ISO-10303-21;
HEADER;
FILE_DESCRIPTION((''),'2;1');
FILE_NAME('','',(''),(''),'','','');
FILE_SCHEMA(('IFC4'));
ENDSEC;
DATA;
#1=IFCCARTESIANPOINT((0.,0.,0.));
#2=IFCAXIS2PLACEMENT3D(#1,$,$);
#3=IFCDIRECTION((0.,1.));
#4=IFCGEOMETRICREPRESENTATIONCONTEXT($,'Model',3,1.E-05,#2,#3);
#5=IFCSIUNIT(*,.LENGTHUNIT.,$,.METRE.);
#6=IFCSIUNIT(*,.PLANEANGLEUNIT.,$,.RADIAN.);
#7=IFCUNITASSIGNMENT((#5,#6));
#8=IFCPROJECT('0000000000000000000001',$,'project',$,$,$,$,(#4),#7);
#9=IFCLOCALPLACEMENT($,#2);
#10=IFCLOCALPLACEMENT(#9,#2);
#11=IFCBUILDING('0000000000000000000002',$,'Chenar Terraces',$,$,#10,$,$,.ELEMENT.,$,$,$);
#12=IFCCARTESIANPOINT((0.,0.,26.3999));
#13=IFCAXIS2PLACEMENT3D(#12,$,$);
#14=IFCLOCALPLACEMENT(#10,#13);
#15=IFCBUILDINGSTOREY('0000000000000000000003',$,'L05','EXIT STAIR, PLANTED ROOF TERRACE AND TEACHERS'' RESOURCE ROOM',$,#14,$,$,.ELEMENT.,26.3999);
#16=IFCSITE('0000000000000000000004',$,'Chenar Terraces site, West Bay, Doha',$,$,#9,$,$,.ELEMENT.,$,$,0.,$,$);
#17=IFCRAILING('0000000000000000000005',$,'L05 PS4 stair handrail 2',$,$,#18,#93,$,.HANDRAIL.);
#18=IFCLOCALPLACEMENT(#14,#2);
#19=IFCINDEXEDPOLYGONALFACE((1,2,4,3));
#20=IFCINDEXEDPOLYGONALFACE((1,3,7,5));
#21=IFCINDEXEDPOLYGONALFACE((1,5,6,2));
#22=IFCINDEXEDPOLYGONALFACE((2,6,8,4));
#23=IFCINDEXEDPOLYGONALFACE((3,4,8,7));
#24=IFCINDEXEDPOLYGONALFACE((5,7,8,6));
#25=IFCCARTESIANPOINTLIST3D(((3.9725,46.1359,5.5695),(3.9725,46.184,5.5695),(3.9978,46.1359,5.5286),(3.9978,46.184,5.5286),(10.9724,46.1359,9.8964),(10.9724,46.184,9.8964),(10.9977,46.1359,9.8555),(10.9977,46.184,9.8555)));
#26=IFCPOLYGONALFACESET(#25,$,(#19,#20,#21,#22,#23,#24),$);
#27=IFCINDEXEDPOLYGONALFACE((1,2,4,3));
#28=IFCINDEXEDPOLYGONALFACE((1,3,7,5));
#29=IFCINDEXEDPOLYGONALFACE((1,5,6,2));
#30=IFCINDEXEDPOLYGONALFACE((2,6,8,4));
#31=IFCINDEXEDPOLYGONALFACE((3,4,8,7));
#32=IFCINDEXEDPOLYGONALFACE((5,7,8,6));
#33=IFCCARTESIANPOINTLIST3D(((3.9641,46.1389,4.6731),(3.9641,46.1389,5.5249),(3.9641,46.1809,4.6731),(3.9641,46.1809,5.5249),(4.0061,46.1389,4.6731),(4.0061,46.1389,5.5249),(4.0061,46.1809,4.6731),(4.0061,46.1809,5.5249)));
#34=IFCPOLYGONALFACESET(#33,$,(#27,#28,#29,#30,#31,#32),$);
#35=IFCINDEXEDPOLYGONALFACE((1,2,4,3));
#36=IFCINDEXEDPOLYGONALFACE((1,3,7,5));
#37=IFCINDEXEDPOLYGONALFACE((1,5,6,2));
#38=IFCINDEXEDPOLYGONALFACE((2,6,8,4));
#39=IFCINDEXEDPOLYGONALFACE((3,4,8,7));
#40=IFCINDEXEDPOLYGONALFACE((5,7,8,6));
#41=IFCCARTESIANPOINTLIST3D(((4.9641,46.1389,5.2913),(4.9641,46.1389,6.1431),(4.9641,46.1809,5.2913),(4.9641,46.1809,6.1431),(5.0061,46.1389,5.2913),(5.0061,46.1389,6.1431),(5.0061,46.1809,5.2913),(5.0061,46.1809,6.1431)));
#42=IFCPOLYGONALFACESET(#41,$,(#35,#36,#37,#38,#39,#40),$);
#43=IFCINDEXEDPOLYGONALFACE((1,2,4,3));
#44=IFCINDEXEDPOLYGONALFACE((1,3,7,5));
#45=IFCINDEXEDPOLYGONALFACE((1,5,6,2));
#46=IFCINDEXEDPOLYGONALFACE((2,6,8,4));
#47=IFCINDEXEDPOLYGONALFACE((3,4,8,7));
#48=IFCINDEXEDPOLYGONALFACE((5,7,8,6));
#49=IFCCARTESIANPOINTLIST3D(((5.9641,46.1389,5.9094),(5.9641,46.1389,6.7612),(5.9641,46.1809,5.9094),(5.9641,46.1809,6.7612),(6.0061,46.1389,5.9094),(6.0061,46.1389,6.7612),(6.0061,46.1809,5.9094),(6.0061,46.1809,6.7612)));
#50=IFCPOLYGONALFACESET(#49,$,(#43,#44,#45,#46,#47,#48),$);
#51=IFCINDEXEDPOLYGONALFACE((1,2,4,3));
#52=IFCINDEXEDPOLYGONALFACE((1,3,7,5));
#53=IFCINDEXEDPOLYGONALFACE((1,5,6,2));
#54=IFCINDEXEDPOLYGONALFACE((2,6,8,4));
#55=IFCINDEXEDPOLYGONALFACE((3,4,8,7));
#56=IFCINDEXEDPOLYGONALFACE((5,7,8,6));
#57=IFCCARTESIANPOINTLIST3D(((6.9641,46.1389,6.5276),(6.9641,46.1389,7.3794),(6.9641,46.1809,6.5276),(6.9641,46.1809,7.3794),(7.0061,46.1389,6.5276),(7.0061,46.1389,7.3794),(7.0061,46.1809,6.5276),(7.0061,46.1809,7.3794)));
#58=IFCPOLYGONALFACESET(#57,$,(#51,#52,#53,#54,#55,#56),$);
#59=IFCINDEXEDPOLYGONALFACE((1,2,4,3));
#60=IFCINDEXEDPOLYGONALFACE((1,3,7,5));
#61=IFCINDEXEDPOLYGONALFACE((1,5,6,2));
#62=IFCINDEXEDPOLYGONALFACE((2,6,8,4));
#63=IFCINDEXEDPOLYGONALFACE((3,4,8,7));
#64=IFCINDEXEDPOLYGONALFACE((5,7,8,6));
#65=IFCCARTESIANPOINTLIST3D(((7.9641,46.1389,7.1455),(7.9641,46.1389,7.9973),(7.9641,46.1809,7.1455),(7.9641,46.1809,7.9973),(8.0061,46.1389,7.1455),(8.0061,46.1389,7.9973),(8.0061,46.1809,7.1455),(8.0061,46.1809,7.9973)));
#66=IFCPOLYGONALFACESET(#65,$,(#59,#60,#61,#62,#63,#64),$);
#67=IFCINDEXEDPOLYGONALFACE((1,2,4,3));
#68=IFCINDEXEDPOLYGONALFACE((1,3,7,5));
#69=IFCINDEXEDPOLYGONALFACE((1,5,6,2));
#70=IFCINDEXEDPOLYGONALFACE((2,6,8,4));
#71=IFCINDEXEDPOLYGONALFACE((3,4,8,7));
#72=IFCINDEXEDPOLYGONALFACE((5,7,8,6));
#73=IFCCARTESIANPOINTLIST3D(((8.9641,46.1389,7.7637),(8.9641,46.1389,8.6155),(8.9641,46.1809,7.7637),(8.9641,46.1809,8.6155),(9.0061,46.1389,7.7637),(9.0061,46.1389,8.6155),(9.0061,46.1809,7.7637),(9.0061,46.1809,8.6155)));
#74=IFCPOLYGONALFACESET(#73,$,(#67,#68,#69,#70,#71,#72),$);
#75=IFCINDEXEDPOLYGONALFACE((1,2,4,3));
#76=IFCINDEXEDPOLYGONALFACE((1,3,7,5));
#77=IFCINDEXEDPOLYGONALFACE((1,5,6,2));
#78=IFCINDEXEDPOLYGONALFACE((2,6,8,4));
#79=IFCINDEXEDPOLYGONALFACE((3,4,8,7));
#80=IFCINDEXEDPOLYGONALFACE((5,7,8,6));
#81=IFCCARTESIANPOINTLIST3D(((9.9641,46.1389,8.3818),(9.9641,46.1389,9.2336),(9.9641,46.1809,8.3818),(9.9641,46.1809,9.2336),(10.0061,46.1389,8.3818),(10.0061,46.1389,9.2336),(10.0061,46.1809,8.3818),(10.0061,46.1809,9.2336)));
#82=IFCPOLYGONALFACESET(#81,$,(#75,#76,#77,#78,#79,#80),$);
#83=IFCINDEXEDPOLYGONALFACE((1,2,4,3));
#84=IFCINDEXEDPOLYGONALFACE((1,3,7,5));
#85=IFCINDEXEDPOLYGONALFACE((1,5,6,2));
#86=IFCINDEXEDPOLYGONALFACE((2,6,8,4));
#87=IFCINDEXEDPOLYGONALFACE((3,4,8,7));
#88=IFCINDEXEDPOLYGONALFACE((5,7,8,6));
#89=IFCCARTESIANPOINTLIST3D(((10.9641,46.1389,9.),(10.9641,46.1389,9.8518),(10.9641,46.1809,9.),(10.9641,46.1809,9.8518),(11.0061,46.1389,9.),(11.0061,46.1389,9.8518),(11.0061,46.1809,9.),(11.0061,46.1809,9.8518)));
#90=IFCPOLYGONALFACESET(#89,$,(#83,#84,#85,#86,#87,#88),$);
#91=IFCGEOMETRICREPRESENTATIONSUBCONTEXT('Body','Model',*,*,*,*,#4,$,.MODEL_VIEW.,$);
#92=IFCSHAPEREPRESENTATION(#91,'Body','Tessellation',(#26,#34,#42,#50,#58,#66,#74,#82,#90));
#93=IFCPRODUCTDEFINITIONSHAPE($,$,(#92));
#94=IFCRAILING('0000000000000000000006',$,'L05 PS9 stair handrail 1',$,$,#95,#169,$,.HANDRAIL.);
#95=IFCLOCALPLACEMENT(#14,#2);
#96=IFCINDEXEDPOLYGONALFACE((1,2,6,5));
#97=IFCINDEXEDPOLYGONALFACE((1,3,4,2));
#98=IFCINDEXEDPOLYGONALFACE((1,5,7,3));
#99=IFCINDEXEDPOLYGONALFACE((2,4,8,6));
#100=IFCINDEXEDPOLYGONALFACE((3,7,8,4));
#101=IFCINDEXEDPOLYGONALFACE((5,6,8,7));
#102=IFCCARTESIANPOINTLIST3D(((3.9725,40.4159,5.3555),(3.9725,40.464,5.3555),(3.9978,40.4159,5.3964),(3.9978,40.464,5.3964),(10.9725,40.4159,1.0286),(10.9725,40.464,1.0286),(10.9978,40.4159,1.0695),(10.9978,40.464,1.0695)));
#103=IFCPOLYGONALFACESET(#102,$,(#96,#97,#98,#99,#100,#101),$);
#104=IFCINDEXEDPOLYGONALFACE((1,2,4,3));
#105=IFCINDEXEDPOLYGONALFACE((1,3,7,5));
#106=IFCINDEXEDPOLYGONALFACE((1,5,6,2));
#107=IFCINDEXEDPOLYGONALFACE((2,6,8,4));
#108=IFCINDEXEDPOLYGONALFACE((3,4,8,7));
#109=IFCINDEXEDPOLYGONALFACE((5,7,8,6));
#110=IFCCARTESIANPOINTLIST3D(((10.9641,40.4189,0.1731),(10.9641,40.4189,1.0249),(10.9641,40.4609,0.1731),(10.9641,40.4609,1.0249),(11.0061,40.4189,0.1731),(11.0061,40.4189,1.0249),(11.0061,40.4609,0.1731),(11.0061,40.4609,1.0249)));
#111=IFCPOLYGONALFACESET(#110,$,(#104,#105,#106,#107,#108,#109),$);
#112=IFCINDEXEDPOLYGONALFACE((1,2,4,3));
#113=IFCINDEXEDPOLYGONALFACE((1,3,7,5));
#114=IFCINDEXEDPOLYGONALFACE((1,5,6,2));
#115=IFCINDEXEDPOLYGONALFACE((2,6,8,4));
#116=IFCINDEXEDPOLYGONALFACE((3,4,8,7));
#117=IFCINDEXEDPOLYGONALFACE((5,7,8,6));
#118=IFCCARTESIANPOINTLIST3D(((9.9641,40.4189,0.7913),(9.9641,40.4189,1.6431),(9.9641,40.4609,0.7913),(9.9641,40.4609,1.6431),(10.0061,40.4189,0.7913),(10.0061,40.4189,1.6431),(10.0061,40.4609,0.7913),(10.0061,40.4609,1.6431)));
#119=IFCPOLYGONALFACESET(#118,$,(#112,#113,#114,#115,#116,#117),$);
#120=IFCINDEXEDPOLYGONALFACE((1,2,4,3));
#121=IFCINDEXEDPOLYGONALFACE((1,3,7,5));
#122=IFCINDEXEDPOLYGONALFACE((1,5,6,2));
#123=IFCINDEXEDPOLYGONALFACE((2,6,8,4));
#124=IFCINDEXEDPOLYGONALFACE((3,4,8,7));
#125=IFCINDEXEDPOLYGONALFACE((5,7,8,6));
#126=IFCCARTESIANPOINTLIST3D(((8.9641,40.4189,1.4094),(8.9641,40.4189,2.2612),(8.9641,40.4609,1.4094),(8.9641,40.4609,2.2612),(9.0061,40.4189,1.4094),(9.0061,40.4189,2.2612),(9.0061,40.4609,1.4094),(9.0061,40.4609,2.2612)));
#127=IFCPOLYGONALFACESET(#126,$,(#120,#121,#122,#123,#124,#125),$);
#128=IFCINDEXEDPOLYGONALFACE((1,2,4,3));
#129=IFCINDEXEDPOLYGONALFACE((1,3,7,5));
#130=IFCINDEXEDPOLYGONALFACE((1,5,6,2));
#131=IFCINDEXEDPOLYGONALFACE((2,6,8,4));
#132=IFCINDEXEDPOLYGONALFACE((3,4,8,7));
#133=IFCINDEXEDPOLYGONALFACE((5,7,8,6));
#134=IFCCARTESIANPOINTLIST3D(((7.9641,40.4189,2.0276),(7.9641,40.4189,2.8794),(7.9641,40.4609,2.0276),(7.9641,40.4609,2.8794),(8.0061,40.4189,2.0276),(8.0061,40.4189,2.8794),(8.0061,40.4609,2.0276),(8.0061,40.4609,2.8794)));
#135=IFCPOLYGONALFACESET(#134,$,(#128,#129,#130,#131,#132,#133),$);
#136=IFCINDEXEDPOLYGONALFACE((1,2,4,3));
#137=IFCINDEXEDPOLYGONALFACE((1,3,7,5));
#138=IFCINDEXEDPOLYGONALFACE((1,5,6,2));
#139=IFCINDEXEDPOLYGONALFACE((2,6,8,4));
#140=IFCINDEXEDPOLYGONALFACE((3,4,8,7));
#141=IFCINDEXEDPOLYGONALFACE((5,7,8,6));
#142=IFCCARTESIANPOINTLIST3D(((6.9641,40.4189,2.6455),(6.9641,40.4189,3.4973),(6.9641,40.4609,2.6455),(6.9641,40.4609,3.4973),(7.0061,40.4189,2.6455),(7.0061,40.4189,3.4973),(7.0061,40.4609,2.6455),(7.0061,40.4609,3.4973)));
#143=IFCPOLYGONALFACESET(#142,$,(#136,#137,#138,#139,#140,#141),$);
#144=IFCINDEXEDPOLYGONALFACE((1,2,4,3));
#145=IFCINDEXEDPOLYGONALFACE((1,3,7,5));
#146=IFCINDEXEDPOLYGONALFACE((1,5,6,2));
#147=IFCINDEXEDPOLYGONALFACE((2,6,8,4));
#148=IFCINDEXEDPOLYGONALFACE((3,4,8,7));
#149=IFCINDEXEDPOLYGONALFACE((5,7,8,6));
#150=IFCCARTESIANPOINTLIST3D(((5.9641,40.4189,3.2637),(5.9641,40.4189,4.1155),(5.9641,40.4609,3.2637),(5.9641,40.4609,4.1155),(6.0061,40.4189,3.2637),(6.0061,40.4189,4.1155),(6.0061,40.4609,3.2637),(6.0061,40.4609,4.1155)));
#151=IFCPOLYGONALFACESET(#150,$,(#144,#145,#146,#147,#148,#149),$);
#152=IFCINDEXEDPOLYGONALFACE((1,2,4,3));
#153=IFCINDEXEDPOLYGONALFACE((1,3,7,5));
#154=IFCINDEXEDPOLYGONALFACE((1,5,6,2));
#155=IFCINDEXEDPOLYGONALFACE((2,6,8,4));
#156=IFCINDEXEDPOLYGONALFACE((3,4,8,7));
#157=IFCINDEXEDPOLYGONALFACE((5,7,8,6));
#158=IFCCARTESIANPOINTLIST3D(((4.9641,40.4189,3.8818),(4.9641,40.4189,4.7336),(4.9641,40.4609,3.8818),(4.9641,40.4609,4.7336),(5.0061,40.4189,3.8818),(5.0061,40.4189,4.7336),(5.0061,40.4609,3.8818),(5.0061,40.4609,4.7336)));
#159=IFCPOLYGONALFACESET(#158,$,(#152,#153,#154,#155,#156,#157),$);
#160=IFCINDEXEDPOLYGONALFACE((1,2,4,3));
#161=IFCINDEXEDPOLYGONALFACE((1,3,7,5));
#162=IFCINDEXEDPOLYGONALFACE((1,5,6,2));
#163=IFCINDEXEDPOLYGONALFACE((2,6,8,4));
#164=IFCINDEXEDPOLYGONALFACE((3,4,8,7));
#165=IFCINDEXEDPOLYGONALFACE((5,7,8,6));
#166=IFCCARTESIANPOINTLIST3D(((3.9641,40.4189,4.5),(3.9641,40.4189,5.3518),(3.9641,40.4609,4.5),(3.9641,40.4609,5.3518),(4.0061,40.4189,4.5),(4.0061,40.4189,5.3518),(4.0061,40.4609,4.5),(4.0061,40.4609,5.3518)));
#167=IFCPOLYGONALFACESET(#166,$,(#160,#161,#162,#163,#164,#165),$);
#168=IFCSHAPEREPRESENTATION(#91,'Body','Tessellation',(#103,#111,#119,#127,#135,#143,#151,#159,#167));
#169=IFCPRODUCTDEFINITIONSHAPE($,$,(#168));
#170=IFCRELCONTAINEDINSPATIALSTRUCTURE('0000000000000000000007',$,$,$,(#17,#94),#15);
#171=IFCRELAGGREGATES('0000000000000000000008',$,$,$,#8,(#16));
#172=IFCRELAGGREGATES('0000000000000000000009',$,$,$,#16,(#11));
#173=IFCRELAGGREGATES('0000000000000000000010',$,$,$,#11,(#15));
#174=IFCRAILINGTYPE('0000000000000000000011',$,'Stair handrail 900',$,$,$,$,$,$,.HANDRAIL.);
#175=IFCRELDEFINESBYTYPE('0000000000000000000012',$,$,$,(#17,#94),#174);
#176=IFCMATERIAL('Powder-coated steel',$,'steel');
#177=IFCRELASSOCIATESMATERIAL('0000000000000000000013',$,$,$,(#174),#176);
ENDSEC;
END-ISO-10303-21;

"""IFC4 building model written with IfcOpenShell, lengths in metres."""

from ifc_helpers import new_model, si_unit, direction, frame, origin, origin_2d, place, context, subcontext, project, spatial, rectangle, extrude, material, type_object, element, save


model = new_model("IFC4")

# Units and contexts
model_context = context("Model", 3, precision=1e-05, world=origin(), true_north=direction((0.0, 1.0)))
body_context = subcontext(model_context, "Body", "Model", "MODEL_VIEW")
ifc_project = project(units=[si_unit("LENGTHUNIT", "METRE"), si_unit("PLANEANGLEUNIT", "RADIAN")], contexts=[model_context])

# Site, building, storey
site_placement = place(None, origin())
site = spatial("IfcSite", under=ifc_project, at=site_placement, Name="Chenar Terraces site, West Bay, Doha", CompositionType="ELEMENT", RefElevation=0.0)
building_placement = place(site_placement, origin())
building = spatial("IfcBuilding", under=site, at=building_placement, Name="Chenar Terraces", CompositionType="ELEMENT")
storey_placement = place(building_placement, frame((0.0, 0.0, 26.3999)))
storey = spatial("IfcBuildingStorey", under=building, at=storey_placement, Name="L05", Description="EXIT STAIR, PLANTED ROOF TERRACE AND TEACHERS' RESOURCE ROOM", CompositionType="ELEMENT", Elevation=26.3999)

# Railings
ifc_material_1 = material(Name="Powder-coated steel", Category="steel")
railing_type_1 = type_object("IfcRailingType", Name="Stair handrail 900", PredefinedType="HANDRAIL", material=ifc_material_1)
railing_1_placement = place(storey_placement, frame((3.9851, 46.1599, 4.6731)))
element("IfcRailing", 1, at=railing_1_placement, inside=storey, type_object=railing_type_1, Name="L05 PS4 stair handrail 2", PredefinedType="HANDRAIL", context=body_context, shape_type="SweptSolid", body=[
    extrude(rectangle(XDim=0.0481, YDim=0.0481, at=origin_2d()), frame((0.0, 0.0, 0.876), z_axis=(0.850615, 0.0, 0.52579), x_axis=(0.0, 1.0, 0.0)), (0.0, 0.0, 1.0), 8.2292),
    extrude(rectangle(XDim=0.042, YDim=0.042, at=origin_2d()), origin(), (0.0, 0.0, 1.0), 0.8518),
    extrude(rectangle(XDim=0.042, YDim=0.042, at=origin_2d()), frame((1.0, 0.0, 0.6182)), (0.0, 0.0, 1.0), 0.8518),
    extrude(rectangle(XDim=0.042, YDim=0.042, at=origin_2d()), frame((2.0, 0.0, 1.2363)), (0.0, 0.0, 1.0), 0.8518),
    extrude(rectangle(XDim=0.042, YDim=0.042, at=origin_2d()), frame((3.0, 0.0, 1.8545)), (0.0, 0.0, 1.0), 0.8518),
    extrude(rectangle(XDim=0.042, YDim=0.042, at=origin_2d()), frame((4.0, 0.0, 2.4724)), (0.0, 0.0, 1.0), 0.8518),
    extrude(rectangle(XDim=0.042, YDim=0.042, at=origin_2d()), frame((5.0, 0.0, 3.0906)), (0.0, 0.0, 1.0), 0.8518),
    extrude(rectangle(XDim=0.042, YDim=0.042, at=origin_2d()), frame((6.0, 0.0, 3.7087)), (0.0, 0.0, 1.0), 0.8518),
    extrude(rectangle(XDim=0.042, YDim=0.042, at=origin_2d()), frame((7.0, 0.0, 4.3269)), (0.0, 0.0, 1.0), 0.8518),
])
railing_2_placement = place(storey_placement, frame((10.9851, 40.4399, 0.1731)))
element("IfcRailing", 2, at=railing_2_placement, inside=storey, type_object=railing_type_1, Name="L05 PS9 stair handrail 1", PredefinedType="HANDRAIL", context=body_context, shape_type="SweptSolid", body=[
    extrude(rectangle(XDim=0.0481, YDim=0.0481, at=origin_2d()), frame((0.0, 0.0, 0.876), z_axis=(-0.850615, 0.0, 0.52579), x_axis=(0.0, -1.0, 0.0)), (0.0, 0.0, 1.0), 8.2292),
    extrude(rectangle(XDim=0.042, YDim=0.042, at=origin_2d()), origin(), (0.0, 0.0, 1.0), 0.8518),
    extrude(rectangle(XDim=0.042, YDim=0.042, at=origin_2d()), frame((-1.0, 0.0, 0.6182)), (0.0, 0.0, 1.0), 0.8518),
    extrude(rectangle(XDim=0.042, YDim=0.042, at=origin_2d()), frame((-2.0, 0.0, 1.2363)), (0.0, 0.0, 1.0), 0.8518),
    extrude(rectangle(XDim=0.042, YDim=0.042, at=origin_2d()), frame((-3.0, 0.0, 1.8545)), (0.0, 0.0, 1.0), 0.8518),
    extrude(rectangle(XDim=0.042, YDim=0.042, at=origin_2d()), frame((-4.0, 0.0, 2.4724)), (0.0, 0.0, 1.0), 0.8518),
    extrude(rectangle(XDim=0.042, YDim=0.042, at=origin_2d()), frame((-5.0, 0.0, 3.0906)), (0.0, 0.0, 1.0), 0.8518),
    extrude(rectangle(XDim=0.042, YDim=0.042, at=origin_2d()), frame((-6.0, 0.0, 3.7087)), (0.0, 0.0, 1.0), 0.8518),
    extrude(rectangle(XDim=0.042, YDim=0.042, at=origin_2d()), frame((-7.0, 0.0, 4.3269)), (0.0, 0.0, 1.0), 0.8518),
])

save(model, "model.ifc")
